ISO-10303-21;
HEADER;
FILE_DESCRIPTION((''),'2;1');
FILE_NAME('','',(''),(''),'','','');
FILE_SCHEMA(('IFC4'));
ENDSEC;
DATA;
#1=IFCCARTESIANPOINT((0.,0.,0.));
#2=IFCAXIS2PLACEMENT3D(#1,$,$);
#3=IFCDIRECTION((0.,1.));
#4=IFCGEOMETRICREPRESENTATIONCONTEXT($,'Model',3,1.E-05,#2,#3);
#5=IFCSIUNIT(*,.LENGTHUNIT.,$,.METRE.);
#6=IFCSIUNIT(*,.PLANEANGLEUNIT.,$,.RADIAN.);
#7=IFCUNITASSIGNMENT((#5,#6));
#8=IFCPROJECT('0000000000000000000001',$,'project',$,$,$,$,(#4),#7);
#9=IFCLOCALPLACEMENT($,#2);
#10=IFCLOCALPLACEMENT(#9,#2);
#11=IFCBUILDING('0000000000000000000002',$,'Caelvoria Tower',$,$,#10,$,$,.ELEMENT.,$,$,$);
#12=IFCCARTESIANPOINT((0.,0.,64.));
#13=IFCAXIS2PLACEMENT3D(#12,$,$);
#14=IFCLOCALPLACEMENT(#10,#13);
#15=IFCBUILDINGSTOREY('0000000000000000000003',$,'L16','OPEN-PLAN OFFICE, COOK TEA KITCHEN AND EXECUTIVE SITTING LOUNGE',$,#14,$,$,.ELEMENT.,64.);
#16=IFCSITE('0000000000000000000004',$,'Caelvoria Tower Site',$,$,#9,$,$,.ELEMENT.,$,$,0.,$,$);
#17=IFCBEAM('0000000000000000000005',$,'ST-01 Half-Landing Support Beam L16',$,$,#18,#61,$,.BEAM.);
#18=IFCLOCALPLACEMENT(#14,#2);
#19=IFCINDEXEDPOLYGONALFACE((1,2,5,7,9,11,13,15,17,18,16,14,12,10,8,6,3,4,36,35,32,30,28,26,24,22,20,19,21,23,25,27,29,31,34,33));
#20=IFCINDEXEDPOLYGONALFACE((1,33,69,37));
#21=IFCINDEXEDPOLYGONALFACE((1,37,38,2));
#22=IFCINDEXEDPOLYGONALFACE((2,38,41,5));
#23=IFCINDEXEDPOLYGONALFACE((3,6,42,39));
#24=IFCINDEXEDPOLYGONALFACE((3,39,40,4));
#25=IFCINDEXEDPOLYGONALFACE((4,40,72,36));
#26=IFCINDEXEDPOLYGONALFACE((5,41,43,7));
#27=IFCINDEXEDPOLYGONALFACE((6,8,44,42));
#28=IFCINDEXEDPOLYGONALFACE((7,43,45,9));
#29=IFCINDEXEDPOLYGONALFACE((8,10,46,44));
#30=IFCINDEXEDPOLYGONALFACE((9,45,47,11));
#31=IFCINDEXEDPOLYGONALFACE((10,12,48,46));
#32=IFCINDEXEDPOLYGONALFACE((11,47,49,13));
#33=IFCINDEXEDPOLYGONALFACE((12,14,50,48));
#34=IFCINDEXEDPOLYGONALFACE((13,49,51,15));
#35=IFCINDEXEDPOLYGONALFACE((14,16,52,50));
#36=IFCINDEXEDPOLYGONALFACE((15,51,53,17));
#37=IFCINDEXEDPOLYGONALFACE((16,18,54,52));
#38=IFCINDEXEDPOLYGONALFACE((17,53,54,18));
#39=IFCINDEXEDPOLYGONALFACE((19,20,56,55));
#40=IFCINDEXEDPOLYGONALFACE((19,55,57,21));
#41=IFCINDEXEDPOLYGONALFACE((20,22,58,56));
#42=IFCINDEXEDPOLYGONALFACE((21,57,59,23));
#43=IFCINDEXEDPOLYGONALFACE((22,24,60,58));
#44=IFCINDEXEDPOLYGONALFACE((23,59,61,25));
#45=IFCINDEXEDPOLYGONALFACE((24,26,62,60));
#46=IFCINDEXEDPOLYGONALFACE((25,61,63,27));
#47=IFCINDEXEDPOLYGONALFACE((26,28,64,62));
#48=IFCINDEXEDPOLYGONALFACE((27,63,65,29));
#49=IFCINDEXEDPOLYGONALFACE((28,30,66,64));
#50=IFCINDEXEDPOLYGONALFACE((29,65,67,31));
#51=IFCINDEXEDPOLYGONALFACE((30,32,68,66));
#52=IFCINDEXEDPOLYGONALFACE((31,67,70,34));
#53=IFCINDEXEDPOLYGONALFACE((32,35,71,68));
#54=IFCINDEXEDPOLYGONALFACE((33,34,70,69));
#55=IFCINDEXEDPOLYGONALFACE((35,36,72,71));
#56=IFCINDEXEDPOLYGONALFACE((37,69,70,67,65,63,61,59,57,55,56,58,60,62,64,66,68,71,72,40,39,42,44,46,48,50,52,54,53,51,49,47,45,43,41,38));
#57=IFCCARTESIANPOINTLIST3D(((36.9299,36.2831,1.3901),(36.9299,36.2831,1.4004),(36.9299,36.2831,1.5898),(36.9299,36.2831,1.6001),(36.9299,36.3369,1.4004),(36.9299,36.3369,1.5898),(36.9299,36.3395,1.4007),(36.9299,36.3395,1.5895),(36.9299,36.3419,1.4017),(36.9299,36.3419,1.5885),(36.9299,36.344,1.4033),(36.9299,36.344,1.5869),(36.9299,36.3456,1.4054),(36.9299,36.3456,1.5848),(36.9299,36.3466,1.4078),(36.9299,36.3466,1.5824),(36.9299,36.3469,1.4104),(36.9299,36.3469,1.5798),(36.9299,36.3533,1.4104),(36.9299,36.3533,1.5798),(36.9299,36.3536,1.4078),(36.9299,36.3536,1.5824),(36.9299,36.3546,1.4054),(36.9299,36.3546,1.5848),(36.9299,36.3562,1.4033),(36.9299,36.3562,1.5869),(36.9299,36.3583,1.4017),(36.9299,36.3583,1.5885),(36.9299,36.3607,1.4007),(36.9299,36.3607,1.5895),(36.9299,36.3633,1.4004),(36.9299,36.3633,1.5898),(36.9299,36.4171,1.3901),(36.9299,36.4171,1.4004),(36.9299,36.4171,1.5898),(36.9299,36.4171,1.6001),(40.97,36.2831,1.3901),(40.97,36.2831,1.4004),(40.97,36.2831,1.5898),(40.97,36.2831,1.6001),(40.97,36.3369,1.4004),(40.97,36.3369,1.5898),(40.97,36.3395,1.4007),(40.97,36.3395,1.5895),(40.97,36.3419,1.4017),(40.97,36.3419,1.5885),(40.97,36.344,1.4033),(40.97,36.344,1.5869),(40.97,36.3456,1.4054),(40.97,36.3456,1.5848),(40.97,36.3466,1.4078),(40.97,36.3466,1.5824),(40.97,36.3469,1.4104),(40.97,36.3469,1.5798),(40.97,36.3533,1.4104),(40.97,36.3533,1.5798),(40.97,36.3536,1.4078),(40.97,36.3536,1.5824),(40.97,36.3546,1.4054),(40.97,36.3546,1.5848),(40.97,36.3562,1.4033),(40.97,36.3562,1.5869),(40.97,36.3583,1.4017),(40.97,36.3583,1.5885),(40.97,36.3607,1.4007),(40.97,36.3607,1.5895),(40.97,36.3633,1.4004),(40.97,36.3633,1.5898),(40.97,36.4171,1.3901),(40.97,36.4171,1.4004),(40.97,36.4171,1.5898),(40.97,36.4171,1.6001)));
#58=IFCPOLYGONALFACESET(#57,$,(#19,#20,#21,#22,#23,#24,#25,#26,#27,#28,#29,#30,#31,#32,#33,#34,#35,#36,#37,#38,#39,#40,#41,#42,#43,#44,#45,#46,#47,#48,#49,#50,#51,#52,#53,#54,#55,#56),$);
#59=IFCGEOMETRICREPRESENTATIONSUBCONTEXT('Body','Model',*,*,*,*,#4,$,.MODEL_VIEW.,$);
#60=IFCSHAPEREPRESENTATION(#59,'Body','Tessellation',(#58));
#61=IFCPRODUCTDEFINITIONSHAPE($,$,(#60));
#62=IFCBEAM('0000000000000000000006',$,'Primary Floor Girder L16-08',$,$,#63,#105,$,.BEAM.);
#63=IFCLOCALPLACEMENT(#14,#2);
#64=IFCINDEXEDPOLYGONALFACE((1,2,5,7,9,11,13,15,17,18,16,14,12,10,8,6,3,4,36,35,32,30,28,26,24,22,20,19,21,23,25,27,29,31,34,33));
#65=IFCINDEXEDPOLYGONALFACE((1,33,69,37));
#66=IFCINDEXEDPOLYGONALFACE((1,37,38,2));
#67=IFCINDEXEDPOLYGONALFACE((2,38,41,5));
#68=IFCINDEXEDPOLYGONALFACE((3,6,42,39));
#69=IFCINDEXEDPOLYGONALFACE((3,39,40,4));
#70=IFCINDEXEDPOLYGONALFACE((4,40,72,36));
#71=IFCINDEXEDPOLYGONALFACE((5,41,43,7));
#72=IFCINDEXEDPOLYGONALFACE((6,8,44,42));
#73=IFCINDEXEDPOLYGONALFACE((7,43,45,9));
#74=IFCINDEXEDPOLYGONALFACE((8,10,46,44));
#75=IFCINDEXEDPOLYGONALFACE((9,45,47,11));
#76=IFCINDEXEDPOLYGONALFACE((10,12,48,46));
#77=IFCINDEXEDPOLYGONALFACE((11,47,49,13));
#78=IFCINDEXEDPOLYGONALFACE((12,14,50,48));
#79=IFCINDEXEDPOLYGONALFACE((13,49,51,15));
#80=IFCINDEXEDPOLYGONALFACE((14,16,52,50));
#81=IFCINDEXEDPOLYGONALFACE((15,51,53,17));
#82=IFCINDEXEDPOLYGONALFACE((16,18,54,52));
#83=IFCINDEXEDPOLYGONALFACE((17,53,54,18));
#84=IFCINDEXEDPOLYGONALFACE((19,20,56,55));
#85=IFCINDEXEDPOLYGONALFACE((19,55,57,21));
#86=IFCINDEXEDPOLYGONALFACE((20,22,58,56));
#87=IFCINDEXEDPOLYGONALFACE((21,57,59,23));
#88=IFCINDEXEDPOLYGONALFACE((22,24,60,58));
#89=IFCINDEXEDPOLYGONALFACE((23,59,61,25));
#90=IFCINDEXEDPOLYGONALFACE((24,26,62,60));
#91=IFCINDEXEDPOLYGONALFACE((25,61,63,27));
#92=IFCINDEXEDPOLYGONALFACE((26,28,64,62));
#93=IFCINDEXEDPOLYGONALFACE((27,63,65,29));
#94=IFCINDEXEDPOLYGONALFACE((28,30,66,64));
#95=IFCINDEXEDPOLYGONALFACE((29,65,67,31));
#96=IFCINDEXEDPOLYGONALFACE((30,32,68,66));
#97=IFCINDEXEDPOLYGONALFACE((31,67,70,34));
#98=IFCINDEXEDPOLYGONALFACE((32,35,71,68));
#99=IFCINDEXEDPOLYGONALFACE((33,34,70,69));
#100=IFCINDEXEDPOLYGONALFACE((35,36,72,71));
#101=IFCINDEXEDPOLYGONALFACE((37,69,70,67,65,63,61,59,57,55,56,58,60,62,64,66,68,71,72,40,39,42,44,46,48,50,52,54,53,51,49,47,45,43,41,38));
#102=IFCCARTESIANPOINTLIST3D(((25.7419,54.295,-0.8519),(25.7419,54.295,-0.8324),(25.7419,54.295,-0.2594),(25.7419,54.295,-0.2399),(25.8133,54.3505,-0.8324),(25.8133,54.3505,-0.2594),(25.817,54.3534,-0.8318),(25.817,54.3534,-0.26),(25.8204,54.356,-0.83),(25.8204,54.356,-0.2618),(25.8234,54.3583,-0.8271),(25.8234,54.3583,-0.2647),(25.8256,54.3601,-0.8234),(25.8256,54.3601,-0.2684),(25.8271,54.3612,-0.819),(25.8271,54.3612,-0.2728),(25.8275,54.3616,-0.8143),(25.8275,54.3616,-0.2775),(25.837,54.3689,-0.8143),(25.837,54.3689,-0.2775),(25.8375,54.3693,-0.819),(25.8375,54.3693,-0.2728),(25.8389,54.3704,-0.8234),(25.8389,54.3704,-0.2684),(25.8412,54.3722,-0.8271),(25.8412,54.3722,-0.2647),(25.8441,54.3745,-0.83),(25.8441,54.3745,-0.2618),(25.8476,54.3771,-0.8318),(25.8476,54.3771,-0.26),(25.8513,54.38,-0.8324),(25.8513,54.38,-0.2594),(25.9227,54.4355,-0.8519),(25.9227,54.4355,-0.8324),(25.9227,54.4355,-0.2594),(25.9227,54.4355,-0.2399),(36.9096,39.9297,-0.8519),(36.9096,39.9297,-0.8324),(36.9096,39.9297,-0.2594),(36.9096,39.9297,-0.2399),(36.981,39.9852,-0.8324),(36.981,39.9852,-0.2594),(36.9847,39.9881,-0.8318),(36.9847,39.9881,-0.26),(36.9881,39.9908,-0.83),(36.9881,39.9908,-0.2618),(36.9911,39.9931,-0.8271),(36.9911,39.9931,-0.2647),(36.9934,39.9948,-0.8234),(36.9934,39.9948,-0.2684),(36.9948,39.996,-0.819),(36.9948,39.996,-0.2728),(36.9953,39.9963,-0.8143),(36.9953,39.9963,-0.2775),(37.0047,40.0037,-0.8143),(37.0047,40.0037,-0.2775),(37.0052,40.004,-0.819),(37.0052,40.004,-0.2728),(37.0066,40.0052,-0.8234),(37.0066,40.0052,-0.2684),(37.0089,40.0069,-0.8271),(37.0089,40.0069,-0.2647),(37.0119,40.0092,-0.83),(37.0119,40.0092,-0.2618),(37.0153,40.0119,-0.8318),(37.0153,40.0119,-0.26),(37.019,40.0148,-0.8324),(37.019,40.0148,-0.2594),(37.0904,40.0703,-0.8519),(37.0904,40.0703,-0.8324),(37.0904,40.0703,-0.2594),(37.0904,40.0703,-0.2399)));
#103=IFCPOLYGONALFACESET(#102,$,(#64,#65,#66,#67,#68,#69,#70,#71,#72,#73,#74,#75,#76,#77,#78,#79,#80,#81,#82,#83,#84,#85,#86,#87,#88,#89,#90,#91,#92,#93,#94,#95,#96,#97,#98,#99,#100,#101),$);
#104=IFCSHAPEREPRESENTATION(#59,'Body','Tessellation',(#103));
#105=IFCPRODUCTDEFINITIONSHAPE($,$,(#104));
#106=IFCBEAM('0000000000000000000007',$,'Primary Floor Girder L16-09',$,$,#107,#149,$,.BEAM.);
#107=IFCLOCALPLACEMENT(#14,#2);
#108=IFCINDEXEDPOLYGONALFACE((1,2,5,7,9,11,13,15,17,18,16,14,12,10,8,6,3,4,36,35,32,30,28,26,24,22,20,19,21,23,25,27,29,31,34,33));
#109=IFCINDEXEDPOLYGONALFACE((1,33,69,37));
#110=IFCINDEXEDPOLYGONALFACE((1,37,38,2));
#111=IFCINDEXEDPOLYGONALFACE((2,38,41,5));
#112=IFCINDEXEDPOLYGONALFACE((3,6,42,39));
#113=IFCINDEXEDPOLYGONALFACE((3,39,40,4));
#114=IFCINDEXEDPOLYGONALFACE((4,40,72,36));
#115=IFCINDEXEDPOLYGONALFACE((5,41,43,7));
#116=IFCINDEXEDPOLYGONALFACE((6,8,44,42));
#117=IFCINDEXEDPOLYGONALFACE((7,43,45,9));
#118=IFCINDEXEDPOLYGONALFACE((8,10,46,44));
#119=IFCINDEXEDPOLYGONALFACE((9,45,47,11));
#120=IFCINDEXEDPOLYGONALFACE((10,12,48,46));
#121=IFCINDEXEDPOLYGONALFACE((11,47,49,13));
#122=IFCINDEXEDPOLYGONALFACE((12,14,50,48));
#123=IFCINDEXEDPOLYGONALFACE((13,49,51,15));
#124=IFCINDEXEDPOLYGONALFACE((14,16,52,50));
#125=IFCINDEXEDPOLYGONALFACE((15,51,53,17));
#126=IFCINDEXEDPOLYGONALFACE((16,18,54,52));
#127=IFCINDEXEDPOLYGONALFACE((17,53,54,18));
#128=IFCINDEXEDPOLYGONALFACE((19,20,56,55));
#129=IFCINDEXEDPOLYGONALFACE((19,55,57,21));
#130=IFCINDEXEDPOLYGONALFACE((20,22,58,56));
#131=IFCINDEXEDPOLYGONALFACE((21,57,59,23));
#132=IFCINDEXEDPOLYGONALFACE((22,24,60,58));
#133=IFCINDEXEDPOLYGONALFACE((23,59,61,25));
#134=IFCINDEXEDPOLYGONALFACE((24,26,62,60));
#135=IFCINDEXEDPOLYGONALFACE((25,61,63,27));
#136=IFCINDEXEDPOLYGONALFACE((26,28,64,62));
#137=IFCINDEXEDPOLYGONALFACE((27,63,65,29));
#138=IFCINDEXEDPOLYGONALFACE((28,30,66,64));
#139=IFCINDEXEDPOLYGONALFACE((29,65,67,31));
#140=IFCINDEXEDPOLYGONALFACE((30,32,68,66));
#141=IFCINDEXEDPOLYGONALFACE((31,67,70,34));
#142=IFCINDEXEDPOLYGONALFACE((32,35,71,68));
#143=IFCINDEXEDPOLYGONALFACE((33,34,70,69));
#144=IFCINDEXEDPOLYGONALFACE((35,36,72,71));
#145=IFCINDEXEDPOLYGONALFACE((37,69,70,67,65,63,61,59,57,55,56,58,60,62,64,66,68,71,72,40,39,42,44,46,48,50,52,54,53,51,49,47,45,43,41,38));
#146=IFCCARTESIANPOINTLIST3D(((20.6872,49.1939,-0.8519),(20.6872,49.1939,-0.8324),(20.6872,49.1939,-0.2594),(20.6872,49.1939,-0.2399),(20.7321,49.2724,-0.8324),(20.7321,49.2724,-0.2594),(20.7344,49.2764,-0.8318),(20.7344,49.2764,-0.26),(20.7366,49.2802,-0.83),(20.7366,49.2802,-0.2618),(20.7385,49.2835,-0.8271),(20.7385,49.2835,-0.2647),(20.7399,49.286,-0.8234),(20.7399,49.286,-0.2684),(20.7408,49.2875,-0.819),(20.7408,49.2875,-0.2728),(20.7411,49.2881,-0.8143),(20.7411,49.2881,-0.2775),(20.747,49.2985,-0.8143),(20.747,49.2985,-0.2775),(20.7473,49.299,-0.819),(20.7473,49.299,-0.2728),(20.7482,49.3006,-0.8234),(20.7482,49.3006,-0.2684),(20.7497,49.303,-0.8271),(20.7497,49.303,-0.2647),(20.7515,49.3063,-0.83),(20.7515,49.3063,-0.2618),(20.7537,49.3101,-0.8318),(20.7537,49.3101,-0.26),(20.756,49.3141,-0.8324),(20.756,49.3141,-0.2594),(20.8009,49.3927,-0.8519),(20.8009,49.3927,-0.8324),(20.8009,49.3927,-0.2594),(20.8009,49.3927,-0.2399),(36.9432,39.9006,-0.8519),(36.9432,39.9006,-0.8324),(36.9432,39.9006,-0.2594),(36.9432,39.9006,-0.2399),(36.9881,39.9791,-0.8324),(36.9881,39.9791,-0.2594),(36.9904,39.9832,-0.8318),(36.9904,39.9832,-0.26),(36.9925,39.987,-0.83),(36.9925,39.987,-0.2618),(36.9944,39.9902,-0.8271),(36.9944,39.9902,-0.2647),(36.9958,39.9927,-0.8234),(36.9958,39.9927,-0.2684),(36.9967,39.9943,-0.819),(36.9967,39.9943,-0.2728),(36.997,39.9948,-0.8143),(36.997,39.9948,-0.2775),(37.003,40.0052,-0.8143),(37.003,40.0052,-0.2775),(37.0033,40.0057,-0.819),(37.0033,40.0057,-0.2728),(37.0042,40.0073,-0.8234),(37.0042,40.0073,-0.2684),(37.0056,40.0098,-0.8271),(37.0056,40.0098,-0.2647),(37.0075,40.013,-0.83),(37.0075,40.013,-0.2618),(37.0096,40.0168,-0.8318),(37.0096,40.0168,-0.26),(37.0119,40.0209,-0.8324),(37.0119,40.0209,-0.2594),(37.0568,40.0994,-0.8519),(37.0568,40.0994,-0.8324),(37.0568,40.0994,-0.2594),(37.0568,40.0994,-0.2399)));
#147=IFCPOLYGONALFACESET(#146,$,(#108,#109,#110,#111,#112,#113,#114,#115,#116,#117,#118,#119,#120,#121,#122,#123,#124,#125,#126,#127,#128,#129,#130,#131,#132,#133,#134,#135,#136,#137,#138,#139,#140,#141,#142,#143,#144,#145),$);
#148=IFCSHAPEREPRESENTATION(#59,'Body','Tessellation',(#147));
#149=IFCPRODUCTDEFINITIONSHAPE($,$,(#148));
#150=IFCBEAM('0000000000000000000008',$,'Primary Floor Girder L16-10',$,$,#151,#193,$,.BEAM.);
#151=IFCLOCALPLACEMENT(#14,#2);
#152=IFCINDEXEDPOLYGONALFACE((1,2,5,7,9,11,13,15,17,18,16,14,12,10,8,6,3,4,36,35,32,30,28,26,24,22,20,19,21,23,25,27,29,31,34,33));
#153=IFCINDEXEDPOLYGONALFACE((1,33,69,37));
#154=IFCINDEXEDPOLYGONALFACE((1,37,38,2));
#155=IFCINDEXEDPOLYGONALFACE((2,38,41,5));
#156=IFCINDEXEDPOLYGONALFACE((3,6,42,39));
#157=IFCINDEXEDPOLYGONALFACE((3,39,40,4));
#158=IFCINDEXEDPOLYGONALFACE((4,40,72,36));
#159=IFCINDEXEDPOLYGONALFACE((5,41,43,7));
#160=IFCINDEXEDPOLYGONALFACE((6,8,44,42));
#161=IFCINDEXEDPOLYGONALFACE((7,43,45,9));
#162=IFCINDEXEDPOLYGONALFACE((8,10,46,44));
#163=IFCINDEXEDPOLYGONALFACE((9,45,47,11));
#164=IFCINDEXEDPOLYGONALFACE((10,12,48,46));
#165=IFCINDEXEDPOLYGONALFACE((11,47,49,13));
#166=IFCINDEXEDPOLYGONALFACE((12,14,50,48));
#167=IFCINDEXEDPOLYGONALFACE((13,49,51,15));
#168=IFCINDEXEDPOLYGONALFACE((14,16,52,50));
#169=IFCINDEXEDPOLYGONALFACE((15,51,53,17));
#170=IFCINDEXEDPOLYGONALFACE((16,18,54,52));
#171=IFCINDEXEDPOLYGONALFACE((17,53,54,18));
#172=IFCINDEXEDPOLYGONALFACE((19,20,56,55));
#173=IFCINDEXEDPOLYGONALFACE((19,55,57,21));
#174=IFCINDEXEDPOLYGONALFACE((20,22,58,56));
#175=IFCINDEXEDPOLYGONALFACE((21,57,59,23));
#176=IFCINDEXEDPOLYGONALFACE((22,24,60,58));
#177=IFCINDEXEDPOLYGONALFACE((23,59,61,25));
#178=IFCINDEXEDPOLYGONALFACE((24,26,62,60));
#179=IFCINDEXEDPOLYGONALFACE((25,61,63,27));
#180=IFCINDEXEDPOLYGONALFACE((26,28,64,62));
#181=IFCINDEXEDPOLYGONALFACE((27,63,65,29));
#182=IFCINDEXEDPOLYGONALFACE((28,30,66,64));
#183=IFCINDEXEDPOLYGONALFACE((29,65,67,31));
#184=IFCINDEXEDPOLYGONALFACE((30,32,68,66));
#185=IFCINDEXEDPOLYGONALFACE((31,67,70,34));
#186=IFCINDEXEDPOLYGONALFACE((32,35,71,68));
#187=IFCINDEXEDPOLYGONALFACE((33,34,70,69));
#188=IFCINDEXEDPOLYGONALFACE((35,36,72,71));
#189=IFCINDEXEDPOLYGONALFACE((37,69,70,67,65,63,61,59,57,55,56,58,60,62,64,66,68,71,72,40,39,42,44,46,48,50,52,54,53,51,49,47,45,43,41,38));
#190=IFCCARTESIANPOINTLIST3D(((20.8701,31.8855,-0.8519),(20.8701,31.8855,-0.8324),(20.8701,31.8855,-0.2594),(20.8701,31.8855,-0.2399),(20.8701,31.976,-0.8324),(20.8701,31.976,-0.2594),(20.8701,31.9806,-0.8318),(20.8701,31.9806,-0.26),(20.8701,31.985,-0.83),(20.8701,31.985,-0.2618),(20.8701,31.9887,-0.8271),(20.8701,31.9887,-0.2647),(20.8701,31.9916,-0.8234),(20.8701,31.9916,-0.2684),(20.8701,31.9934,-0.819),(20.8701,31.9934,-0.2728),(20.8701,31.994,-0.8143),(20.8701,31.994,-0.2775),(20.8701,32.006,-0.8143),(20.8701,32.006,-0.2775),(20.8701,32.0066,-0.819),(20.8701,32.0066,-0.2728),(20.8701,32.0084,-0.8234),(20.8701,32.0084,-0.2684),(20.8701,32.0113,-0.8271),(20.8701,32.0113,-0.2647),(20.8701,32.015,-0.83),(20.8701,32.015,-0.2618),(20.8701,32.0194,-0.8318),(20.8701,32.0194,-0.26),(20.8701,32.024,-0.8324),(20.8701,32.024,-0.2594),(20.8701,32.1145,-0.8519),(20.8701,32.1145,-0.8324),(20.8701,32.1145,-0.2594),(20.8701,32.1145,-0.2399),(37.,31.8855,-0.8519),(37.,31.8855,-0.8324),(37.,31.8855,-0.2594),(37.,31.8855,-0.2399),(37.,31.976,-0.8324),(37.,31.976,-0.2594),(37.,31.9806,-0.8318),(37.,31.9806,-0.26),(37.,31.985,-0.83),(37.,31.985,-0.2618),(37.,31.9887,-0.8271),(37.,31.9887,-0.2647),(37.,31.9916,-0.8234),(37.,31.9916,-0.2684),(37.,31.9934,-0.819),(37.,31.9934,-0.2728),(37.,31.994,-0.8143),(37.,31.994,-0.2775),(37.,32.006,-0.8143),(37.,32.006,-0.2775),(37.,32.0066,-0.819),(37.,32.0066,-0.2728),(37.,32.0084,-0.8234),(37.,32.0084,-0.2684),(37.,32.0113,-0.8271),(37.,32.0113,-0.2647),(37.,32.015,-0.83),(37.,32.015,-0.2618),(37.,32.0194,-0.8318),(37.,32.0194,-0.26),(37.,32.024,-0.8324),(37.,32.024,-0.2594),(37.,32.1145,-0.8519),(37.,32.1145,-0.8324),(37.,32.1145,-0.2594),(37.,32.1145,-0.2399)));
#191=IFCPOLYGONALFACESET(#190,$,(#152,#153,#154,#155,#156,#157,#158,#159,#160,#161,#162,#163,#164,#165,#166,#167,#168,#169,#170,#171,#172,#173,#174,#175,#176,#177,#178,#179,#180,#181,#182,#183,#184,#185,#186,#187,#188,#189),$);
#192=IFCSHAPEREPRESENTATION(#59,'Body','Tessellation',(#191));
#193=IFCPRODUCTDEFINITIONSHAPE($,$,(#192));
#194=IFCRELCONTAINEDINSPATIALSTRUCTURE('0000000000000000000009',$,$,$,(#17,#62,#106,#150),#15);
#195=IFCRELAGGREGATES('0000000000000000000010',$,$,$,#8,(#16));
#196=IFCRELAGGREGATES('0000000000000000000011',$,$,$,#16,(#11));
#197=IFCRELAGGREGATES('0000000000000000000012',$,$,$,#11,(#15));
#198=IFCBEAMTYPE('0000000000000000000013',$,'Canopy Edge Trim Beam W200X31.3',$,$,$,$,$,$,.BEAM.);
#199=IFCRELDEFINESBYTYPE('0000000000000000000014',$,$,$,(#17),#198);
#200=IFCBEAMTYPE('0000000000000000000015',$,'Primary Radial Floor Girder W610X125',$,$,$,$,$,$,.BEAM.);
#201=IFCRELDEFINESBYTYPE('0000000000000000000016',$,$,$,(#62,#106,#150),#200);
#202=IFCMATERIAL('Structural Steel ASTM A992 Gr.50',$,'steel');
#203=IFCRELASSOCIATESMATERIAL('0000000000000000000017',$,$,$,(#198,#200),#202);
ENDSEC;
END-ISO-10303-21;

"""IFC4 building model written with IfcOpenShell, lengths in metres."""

from ifc_helpers import new_model, si_unit, direction, frame, origin, origin_2d, place, context, subcontext, project, spatial, i_section, extrude, material, material_profile, profile_set, type_object, element, save


model = new_model("IFC4")

# Units and contexts
model_context = context("Model", 3, precision=1e-05, world=origin(), true_north=direction((0.0, 1.0)))
body_context = subcontext(model_context, "Body", "Model", "MODEL_VIEW")
ifc_project = project(units=[si_unit("LENGTHUNIT", "METRE"), si_unit("PLANEANGLEUNIT", "RADIAN")], contexts=[model_context])

# Site, building, storey
site_placement = place(None, origin())
site = spatial("IfcSite", under=ifc_project, at=site_placement, Name="Caelvoria Tower Site", CompositionType="ELEMENT", RefElevation=0.0)
building_placement = place(site_placement, origin())
building = spatial("IfcBuilding", under=site, at=building_placement, Name="Caelvoria Tower", CompositionType="ELEMENT")
storey_placement = place(building_placement, frame((0.0, 0.0, 64.0)))
storey = spatial("IfcBuildingStorey", under=building, at=storey_placement, Name="L16", Description="OPEN-PLAN OFFICE, COOK TEA KITCHEN AND EXECUTIVE SITTING LOUNGE", CompositionType="ELEMENT", Elevation=64.0)

# Beams
ifc_material_1 = material(Name="Structural Steel ASTM A992 Gr.50", Category="steel")
ifc_material_profile_1 = material_profile(ifc_material_1, i_section(OverallWidth=0.134, OverallDepth=0.21, WebThickness=0.0063, FlangeThickness=0.0103, FilletRadius=0.01, at=origin_2d()), Name="Structural Steel ASTM A992 Gr.50")
ifc_profile_set_1 = profile_set([ifc_material_profile_1], Name="W200X31.3 - Structural Steel ASTM A992 Gr.50")
beam_type_1 = type_object("IfcBeamType", Name="Canopy Edge Trim Beam W200X31.3", PredefinedType="BEAM", material=ifc_profile_set_1)
beam_1_placement = place(storey_placement, frame((36.9299, 36.3501, 1.4951), z_axis=(1.0, 0.0, 0.0), x_axis=(0.0, 1.0, 0.0)))
element("IfcBeam", 1, at=beam_1_placement, inside=storey, type_object=beam_type_1, Name="ST-01 Half-Landing Support Beam L16", PredefinedType="BEAM", context=body_context, shape_type="SweptSolid", body=[
    extrude(i_section(OverallWidth=0.134, OverallDepth=0.21, WebThickness=0.0063, FlangeThickness=0.0103, FilletRadius=0.01, at=origin_2d()), origin(), (0.0, 0.0, 1.0), 4.04),
])
ifc_material_profile_2 = material_profile(ifc_material_1, i_section(OverallWidth=0.229, OverallDepth=0.6121, WebThickness=0.012, FlangeThickness=0.0195, FilletRadius=0.0181, at=origin_2d()), Name="Structural Steel ASTM A992 Gr.50")
ifc_profile_set_2 = profile_set([ifc_material_profile_2], Name="W610X125 - Structural Steel ASTM A992 Gr.50")
beam_type_2 = type_object("IfcBeamType", Name="Primary Radial Floor Girder W610X125", PredefinedType="BEAM", material=ifc_profile_set_2)
beam_2_placement = place(storey_placement, frame((37.0, 40.0, -0.5459), z_axis=(-0.613761, 0.789492, 0.0), x_axis=(-0.789492, -0.613761, 0.0)))
element("IfcBeam", 2, at=beam_2_placement, inside=storey, type_object=beam_type_2, Name="Primary Floor Girder L16-08", PredefinedType="BEAM", context=body_context, shape_type="SweptSolid", body=[
    extrude(i_section(OverallWidth=0.229, OverallDepth=0.6121, WebThickness=0.012, FlangeThickness=0.0195, FilletRadius=0.0181, at=origin_2d()), origin(), (0.0, 0.0, 1.0), 18.1956),
])
beam_3_placement = place(storey_placement, frame((37.0, 40.0, -0.5459), z_axis=(-0.868148, 0.496306, 0.0), x_axis=(-0.496306, -0.868148, 0.0)))
element("IfcBeam", 3, at=beam_3_placement, inside=storey, type_object=beam_type_2, Name="Primary Floor Girder L16-09", PredefinedType="BEAM", context=body_context, shape_type="SweptSolid", body=[
    extrude(i_section(OverallWidth=0.229, OverallDepth=0.6121, WebThickness=0.012, FlangeThickness=0.0195, FilletRadius=0.0181, at=origin_2d()), origin(), (0.0, 0.0, 1.0), 18.7249),
])
beam_4_placement = place(storey_placement, frame((37.0, 32.0, -0.5459), z_axis=(-1.0, 0.0, 0.0), x_axis=(0.0, -1.0, 0.0)))
element("IfcBeam", 4, at=beam_4_placement, inside=storey, type_object=beam_type_2, Name="Primary Floor Girder L16-10", PredefinedType="BEAM", context=body_context, shape_type="SweptSolid", body=[
    extrude(i_section(OverallWidth=0.229, OverallDepth=0.6121, WebThickness=0.012, FlangeThickness=0.0195, FilletRadius=0.0181, at=origin_2d()), origin(), (0.0, 0.0, 1.0), 16.1299),
])

save(model, "model.ifc")
